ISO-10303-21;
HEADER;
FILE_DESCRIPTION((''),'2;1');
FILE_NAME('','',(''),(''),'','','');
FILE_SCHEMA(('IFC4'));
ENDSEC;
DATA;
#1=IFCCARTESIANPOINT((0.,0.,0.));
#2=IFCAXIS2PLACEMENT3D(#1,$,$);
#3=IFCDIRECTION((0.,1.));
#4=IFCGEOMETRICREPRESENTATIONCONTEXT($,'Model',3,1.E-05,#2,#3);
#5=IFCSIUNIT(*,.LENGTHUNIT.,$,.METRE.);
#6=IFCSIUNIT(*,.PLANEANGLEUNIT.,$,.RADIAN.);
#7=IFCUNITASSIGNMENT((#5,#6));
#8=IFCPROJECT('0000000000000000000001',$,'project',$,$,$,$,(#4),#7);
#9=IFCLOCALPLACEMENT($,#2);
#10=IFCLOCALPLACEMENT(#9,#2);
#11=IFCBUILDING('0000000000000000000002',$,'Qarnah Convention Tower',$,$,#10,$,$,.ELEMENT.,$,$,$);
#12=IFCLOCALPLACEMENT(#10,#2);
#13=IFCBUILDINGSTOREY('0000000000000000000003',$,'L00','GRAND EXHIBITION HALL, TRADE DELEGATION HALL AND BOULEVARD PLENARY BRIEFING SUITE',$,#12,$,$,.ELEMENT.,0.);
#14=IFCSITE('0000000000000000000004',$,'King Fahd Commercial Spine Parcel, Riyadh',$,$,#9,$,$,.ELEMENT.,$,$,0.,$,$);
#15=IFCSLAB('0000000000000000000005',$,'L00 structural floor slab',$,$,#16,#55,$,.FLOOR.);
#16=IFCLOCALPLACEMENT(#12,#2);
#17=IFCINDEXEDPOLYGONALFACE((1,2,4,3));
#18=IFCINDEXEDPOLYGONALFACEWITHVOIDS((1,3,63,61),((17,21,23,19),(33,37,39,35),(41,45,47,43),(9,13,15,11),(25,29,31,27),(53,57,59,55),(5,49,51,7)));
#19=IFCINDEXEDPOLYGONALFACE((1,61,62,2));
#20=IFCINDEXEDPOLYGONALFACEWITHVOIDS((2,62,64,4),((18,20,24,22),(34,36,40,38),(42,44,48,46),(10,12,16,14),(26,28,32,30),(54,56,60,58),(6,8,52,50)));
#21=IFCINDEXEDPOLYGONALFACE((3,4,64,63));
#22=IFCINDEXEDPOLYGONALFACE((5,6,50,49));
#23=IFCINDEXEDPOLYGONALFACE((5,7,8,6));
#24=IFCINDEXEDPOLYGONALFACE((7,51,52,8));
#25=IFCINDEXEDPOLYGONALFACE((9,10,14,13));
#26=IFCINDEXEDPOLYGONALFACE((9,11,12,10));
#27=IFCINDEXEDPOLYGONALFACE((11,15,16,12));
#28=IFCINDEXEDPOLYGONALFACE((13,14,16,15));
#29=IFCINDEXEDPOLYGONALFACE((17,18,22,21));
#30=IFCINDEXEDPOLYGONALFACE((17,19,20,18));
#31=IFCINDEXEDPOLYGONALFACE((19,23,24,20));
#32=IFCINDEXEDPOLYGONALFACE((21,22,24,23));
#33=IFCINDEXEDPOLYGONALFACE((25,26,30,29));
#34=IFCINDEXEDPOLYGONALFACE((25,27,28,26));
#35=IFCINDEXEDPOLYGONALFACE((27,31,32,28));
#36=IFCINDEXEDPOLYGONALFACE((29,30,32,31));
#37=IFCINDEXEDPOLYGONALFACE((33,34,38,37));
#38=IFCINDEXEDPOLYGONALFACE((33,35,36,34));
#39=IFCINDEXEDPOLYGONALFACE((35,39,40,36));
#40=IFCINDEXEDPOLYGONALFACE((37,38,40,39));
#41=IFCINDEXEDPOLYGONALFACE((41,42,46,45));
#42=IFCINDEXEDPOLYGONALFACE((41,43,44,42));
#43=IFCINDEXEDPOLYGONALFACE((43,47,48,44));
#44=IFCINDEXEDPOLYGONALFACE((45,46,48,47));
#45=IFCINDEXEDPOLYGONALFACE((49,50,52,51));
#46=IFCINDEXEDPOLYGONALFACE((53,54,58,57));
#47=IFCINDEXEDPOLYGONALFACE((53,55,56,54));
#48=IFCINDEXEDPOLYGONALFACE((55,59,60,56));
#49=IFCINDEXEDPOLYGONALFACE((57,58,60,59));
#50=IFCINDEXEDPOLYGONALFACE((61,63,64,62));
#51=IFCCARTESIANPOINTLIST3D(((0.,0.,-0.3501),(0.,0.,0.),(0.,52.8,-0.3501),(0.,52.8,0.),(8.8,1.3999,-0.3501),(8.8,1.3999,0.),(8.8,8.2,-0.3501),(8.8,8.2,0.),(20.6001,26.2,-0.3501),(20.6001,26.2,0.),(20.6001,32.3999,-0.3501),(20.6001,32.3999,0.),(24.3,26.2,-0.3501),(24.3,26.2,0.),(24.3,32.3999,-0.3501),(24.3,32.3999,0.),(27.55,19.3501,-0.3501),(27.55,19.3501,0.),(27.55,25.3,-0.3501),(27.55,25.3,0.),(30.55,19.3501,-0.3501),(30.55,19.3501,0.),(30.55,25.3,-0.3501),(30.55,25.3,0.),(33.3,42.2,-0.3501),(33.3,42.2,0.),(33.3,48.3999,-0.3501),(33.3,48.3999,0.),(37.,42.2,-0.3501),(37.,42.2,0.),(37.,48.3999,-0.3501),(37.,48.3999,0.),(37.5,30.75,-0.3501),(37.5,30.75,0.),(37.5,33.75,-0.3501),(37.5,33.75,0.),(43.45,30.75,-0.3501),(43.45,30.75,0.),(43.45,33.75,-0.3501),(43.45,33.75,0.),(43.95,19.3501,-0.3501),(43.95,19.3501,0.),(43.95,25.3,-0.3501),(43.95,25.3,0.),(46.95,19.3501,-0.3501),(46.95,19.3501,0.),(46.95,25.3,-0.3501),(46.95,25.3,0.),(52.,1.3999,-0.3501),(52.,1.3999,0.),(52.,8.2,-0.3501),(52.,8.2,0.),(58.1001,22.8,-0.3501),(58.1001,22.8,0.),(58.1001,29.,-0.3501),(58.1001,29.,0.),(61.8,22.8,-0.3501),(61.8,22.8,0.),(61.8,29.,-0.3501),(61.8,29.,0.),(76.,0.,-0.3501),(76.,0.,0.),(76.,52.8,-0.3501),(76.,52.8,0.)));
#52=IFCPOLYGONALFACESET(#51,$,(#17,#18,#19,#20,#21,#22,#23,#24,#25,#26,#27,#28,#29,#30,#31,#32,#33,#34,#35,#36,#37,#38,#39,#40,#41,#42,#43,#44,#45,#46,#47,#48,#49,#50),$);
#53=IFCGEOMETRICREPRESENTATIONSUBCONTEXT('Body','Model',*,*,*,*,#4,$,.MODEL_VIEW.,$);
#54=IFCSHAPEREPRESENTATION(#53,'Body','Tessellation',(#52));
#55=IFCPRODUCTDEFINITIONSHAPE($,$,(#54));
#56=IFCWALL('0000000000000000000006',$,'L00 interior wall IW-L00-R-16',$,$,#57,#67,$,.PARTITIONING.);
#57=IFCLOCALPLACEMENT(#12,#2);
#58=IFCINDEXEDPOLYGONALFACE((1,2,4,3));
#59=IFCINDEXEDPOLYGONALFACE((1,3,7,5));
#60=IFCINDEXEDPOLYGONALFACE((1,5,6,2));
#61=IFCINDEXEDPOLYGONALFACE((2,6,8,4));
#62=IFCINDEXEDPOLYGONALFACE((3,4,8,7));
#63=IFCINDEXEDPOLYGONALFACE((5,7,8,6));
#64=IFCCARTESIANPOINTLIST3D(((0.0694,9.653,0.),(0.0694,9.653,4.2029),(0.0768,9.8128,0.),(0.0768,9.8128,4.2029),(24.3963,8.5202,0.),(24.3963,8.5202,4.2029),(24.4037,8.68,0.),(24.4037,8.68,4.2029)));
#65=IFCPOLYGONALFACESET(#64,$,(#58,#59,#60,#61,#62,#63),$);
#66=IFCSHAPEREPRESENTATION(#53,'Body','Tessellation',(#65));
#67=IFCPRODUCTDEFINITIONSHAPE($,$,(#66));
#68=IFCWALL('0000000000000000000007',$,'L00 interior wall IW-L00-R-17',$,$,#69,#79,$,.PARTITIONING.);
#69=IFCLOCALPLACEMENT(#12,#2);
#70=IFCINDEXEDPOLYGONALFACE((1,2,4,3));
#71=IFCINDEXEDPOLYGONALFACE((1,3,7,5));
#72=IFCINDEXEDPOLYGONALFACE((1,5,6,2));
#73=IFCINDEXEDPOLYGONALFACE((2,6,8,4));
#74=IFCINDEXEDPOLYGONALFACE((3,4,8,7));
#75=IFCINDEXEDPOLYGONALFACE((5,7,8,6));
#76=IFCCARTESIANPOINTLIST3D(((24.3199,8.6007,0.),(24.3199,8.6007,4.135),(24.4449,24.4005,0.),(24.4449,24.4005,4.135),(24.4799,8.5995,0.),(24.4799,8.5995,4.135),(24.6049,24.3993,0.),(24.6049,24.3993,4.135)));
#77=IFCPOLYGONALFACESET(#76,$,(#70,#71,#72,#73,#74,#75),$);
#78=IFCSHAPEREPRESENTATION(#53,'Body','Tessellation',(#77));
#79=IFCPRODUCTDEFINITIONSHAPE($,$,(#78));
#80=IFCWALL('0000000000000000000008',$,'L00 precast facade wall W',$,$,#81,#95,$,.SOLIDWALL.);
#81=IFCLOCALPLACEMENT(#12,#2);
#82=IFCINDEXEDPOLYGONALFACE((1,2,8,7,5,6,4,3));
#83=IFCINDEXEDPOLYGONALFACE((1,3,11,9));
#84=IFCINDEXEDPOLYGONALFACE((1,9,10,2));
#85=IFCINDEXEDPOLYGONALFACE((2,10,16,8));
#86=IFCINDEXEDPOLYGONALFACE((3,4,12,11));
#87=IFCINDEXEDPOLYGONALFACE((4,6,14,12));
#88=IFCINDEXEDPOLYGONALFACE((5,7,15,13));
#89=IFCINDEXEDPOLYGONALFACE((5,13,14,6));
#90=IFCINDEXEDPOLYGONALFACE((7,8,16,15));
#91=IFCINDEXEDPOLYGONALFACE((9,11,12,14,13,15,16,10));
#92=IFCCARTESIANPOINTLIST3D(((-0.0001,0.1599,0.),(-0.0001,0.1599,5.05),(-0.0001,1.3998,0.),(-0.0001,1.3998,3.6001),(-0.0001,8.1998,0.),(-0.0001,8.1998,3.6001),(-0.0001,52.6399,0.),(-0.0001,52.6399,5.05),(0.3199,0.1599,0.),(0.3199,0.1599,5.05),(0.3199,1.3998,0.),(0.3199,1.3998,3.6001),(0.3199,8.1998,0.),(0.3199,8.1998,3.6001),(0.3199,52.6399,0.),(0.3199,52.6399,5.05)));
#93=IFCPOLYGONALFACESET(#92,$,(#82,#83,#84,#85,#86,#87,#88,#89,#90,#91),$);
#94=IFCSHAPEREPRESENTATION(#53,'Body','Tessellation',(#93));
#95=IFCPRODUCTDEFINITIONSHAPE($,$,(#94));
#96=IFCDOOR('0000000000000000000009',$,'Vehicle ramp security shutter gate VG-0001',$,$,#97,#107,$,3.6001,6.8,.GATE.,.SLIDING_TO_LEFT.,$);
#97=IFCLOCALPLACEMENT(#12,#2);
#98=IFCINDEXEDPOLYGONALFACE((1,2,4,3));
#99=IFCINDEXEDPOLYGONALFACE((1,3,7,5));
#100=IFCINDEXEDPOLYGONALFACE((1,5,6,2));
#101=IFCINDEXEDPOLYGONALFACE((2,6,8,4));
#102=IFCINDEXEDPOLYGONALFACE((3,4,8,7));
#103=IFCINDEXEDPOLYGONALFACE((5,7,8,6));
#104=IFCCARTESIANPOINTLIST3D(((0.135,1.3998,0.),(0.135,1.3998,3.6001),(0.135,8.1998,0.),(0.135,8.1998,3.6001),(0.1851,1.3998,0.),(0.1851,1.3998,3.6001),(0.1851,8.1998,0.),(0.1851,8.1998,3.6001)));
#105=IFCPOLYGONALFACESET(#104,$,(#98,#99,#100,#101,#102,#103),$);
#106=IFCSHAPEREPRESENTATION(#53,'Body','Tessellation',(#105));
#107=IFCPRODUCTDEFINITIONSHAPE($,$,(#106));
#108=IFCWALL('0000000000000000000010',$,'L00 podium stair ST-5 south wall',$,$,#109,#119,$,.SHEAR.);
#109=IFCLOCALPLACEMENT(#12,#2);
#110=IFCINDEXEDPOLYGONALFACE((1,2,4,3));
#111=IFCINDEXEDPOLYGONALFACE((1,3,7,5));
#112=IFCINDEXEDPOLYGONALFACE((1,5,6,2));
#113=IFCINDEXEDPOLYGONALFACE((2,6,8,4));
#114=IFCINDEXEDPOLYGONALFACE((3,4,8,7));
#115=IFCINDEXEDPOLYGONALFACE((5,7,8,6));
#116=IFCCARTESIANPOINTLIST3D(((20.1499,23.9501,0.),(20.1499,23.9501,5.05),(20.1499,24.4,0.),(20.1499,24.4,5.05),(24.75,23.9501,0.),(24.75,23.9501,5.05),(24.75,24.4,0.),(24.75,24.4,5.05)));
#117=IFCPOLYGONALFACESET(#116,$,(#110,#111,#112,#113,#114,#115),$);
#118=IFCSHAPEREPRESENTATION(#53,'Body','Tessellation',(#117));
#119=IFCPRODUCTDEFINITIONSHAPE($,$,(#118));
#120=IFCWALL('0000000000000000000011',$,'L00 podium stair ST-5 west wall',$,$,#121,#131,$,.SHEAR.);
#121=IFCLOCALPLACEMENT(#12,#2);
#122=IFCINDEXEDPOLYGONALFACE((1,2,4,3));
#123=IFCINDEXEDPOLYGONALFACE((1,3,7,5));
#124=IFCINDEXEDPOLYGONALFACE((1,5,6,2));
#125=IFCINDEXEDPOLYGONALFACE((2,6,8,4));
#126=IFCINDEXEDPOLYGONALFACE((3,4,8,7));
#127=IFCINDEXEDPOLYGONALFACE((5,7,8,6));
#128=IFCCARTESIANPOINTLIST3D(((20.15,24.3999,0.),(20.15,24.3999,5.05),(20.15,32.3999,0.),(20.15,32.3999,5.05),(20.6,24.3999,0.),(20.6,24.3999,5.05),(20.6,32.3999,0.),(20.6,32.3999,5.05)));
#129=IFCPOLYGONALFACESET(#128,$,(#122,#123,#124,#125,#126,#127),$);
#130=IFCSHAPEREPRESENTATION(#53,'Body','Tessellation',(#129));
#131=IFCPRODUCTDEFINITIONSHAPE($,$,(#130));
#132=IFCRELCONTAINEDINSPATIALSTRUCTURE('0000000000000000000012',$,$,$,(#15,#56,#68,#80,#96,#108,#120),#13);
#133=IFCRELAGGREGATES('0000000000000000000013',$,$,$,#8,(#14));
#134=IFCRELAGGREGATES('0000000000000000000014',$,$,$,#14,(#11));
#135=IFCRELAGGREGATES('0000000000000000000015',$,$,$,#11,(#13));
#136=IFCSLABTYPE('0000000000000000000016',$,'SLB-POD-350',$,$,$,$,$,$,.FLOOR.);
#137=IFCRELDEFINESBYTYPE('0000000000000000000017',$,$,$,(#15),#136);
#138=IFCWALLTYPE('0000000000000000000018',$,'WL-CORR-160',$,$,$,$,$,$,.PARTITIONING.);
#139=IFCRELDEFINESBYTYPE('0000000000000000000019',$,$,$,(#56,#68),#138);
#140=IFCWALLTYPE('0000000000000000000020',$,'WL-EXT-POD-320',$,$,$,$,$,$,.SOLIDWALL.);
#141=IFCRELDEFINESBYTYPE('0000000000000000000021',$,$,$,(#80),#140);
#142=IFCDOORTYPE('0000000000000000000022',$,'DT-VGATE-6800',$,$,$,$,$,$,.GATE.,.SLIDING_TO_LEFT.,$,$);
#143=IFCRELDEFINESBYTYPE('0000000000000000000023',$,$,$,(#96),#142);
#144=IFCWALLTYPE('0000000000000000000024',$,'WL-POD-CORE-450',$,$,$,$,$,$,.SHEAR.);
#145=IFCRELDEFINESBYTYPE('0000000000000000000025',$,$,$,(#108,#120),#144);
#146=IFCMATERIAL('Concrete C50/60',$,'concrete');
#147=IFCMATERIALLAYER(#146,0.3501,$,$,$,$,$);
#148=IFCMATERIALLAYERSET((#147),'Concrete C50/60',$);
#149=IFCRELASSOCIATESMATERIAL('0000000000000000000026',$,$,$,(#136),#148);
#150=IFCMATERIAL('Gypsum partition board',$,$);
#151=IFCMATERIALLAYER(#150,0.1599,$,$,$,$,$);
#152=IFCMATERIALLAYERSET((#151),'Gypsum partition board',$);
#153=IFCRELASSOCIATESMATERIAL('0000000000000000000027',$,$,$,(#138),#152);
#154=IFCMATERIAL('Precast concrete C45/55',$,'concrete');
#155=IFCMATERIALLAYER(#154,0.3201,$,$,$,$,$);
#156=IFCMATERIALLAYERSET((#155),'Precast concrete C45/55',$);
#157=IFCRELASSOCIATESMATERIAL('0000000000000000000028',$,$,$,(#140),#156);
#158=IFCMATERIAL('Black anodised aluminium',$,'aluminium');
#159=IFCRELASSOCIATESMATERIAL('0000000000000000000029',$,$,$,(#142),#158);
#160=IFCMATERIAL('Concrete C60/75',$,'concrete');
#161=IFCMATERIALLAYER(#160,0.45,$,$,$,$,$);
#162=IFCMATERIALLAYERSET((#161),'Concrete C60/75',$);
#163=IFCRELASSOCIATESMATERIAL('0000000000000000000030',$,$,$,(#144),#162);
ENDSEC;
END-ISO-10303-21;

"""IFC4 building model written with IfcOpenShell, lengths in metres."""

from ifc_helpers import new_model, si_unit, direction, frame, frame_2d, origin, place, context, subcontext, project, spatial, polyline, rectangle, outline, extrude, material, layer, layer_set, type_object, element, fill, save


model = new_model("IFC4")

# Units and contexts
model_context = context("Model", 3, precision=1e-05, world=origin(), true_north=direction((0.0, 1.0)))
body_context = subcontext(model_context, "Body", "Model", "MODEL_VIEW")
ifc_project = project(units=[si_unit("LENGTHUNIT", "METRE"), si_unit("PLANEANGLEUNIT", "RADIAN")], contexts=[model_context])

# Site, building, storey
site_placement = place(None, origin())
site = spatial("IfcSite", under=ifc_project, at=site_placement, Name="King Fahd Commercial Spine Parcel, Riyadh", CompositionType="ELEMENT", RefElevation=0.0)
building_placement = place(site_placement, origin())
building = spatial("IfcBuilding", under=site, at=building_placement, Name="Qarnah Convention Tower", CompositionType="ELEMENT")
storey_placement = place(building_placement, origin())
storey = spatial("IfcBuildingStorey", under=building, at=storey_placement, Name="L00", Description="GRAND EXHIBITION HALL, TRADE DELEGATION HALL AND BOULEVARD PLENARY BRIEFING SUITE", CompositionType="ELEMENT", Elevation=0.0)

# Shared definitions
ifc_material_1 = material(Name="Concrete C60/75", Category="concrete")

# Shared definitions
ifc_material_2 = material(Name="Concrete C50/60", Category="concrete")

# Slab
ifc_layer_1 = layer(ifc_material_2, 0.3501)
ifc_layer_set_1 = layer_set([ifc_layer_1], Name="Concrete C50/60")
slab_type_1 = type_object("IfcSlabType", Name="SLB-POD-350", PredefinedType="FLOOR", material=ifc_layer_set_1)
slab_1_placement = place(storey_placement, frame((0.0, 0.0, -0.3501)))
element("IfcSlab", 1, at=slab_1_placement, inside=storey, type_object=slab_type_1, Name="L00 structural floor slab", PredefinedType="FLOOR", context=body_context, shape_type="SweptSolid", body=[
    extrude(outline(polyline([(0.0, 0.0), (76.0, 0.0), (76.0, 52.8), (0.0, 52.8), (0.0, 0.0)]), holes=[polyline([(27.55, 25.3), (27.55, 19.3501), (30.55, 19.3501), (30.55, 25.3), (27.55, 25.3)]), polyline([(43.95, 25.3), (43.95, 19.3501), (46.95, 19.3501), (46.95, 25.3), (43.95, 25.3)]), polyline([(37.5, 30.75), (43.45, 30.75), (43.45, 33.75), (37.5, 33.75), (37.5, 30.75)]), polyline([(61.8, 22.8), (61.8, 29.0), (58.1001, 29.0), (58.1001, 22.8), (61.8, 22.8)]), polyline([(24.3, 26.2), (24.3, 32.3999), (20.6001, 32.3999), (20.6001, 26.2), (24.3, 26.2)]), polyline([(37.0, 42.2), (37.0, 48.3999), (33.3, 48.3999), (33.3, 42.2), (37.0, 42.2)]), polyline([(8.8, 1.3999), (52.0, 1.3999), (52.0, 8.2), (8.8, 8.2), (8.8, 1.3999)])]), origin(), (0.0, 0.0, 1.0), 0.3501),
])

# Walls
ifc_material_3 = material(Name="Gypsum partition board")
ifc_layer_2 = layer(ifc_material_3, 0.1599)
ifc_layer_set_2 = layer_set([ifc_layer_2], Name="Gypsum partition board")
wall_type_1 = type_object("IfcWallType", Name="WL-CORR-160", PredefinedType="PARTITIONING", material=ifc_layer_set_2)
wall_1_placement = place(storey_placement, frame((0.073, 9.7329, 0.0), z_axis=(0.0, 0.0, 1.0), x_axis=(0.998918, -0.046516, 0.0)))
element("IfcWall", 2, at=wall_1_placement, inside=storey, type_object=wall_type_1, Name="L00 interior wall IW-L00-R-16", PredefinedType="PARTITIONING", context=body_context, shape_type="SweptSolid", body=[
    extrude(rectangle(XDim=24.3533, YDim=0.1599, at=frame_2d((12.1768, 0.0))), origin(), (0.0, 0.0, 1.0), 4.2029),
])
wall_2_placement = place(storey_placement, frame((24.3999, 8.6001, 0.0), z_axis=(0.0, 0.0, 1.0), x_axis=(0.007911, 0.999969, 0.0)))
element("IfcWall", 3, at=wall_2_placement, inside=storey, type_object=wall_type_1, Name="L00 interior wall IW-L00-R-17", PredefinedType="PARTITIONING", context=body_context, shape_type="SweptSolid", body=[
    extrude(rectangle(XDim=15.8003, YDim=0.1599, at=frame_2d((7.9001, 0.0))), origin(), (0.0, 0.0, 1.0), 4.135),
])

# Wall, opening, door
ifc_material_4 = material(Name="Precast concrete C45/55", Category="concrete")
ifc_layer_3 = layer(ifc_material_4, 0.3201)
ifc_layer_set_3 = layer_set([ifc_layer_3], Name="Precast concrete C45/55")
wall_type_2 = type_object("IfcWallType", Name="WL-EXT-POD-320", PredefinedType="SOLIDWALL", material=ifc_layer_set_3)
wall_3_placement = place(storey_placement, frame((0.1599, 0.1599, 0.0), z_axis=(0.0, 0.0, 1.0), x_axis=(0.0, 1.0, 0.0)))
wall_3 = element("IfcWall", 4, at=wall_3_placement, inside=storey, type_object=wall_type_2, Name="L00 precast facade wall W", PredefinedType="SOLIDWALL", context=body_context, shape_type="SweptSolid", body=[
    extrude(rectangle(XDim=52.48, YDim=0.3201, at=frame_2d((26.24, 0.0))), origin(), (0.0, 0.0, 1.0), 5.05),
])
opening_placement = place(wall_3_placement, frame((1.24, 0.0, 0.0)))
opening = element("IfcOpeningElement", 5, at=opening_placement, cuts=wall_3, PredefinedType="OPENING", context=body_context, shape_type="SweptSolid", body=[
    extrude(rectangle(XDim=6.8, YDim=3.6001, at=frame_2d((3.3999, 1.8))), frame((0.0, 0.1699, 0.0), z_axis=(0.0, -1.0, 0.0), x_axis=(1.0, 0.0, 0.0)), (0.0, 0.0, 1.0), 0.3401),
])
ifc_material_5 = material(Name="Black anodised aluminium", Category="aluminium")
door_type = type_object("IfcDoorType", Name="DT-VGATE-6800", OperationType="SLIDING_TO_LEFT", PredefinedType="GATE", material=ifc_material_5)
door_placement = place(opening_placement, origin())
door = element("IfcDoor", 6, at=door_placement, inside=storey, type_object=door_type, Name="Vehicle ramp security shutter gate VG-0001", OperationType="SLIDING_TO_LEFT", OverallHeight=3.6001, OverallWidth=6.8, PredefinedType="GATE", context=body_context, shape_type="SweptSolid", body=[
    extrude(rectangle(XDim=6.8, YDim=3.6001, at=frame_2d((3.3999, 1.8))), frame((0.0, 0.0249, 0.0), z_axis=(0.0, -1.0, 0.0), x_axis=(1.0, 0.0, 0.0)), (0.0, 0.0, 1.0), 0.05),
])
fill(opening, door)

# Walls
ifc_layer_4 = layer(ifc_material_1, 0.45)
ifc_layer_set_4 = layer_set([ifc_layer_4], Name="Concrete C60/75")
wall_type_3 = type_object("IfcWallType", Name="WL-POD-CORE-450", PredefinedType="SHEAR", material=ifc_layer_set_4)
wall_4_placement = place(storey_placement, frame((20.1499, 24.175, 0.0), z_axis=(0.0, 0.0, 1.0), x_axis=(1.0, 0.0, 0.0)))
element("IfcWall", 7, at=wall_4_placement, inside=storey, type_object=wall_type_3, Name="L00 podium stair ST-5 south wall", PredefinedType="SHEAR", context=body_context, shape_type="SweptSolid", body=[
    extrude(rectangle(XDim=4.6001, YDim=0.45, at=frame_2d((2.3, 0.0))), origin(), (0.0, 0.0, 1.0), 5.05),
])
wall_5_placement = place(storey_placement, frame((20.375, 24.3999, 0.0), z_axis=(0.0, 0.0, 1.0), x_axis=(0.0, 1.0, 0.0)))
element("IfcWall", 8, at=wall_5_placement, inside=storey, type_object=wall_type_3, Name="L00 podium stair ST-5 west wall", PredefinedType="SHEAR", context=body_context, shape_type="SweptSolid", body=[
    extrude(rectangle(XDim=8.0, YDim=0.45, at=frame_2d((4.0, 0.0))), origin(), (0.0, 0.0, 1.0), 5.05),
])

save(model, "model.ifc")
